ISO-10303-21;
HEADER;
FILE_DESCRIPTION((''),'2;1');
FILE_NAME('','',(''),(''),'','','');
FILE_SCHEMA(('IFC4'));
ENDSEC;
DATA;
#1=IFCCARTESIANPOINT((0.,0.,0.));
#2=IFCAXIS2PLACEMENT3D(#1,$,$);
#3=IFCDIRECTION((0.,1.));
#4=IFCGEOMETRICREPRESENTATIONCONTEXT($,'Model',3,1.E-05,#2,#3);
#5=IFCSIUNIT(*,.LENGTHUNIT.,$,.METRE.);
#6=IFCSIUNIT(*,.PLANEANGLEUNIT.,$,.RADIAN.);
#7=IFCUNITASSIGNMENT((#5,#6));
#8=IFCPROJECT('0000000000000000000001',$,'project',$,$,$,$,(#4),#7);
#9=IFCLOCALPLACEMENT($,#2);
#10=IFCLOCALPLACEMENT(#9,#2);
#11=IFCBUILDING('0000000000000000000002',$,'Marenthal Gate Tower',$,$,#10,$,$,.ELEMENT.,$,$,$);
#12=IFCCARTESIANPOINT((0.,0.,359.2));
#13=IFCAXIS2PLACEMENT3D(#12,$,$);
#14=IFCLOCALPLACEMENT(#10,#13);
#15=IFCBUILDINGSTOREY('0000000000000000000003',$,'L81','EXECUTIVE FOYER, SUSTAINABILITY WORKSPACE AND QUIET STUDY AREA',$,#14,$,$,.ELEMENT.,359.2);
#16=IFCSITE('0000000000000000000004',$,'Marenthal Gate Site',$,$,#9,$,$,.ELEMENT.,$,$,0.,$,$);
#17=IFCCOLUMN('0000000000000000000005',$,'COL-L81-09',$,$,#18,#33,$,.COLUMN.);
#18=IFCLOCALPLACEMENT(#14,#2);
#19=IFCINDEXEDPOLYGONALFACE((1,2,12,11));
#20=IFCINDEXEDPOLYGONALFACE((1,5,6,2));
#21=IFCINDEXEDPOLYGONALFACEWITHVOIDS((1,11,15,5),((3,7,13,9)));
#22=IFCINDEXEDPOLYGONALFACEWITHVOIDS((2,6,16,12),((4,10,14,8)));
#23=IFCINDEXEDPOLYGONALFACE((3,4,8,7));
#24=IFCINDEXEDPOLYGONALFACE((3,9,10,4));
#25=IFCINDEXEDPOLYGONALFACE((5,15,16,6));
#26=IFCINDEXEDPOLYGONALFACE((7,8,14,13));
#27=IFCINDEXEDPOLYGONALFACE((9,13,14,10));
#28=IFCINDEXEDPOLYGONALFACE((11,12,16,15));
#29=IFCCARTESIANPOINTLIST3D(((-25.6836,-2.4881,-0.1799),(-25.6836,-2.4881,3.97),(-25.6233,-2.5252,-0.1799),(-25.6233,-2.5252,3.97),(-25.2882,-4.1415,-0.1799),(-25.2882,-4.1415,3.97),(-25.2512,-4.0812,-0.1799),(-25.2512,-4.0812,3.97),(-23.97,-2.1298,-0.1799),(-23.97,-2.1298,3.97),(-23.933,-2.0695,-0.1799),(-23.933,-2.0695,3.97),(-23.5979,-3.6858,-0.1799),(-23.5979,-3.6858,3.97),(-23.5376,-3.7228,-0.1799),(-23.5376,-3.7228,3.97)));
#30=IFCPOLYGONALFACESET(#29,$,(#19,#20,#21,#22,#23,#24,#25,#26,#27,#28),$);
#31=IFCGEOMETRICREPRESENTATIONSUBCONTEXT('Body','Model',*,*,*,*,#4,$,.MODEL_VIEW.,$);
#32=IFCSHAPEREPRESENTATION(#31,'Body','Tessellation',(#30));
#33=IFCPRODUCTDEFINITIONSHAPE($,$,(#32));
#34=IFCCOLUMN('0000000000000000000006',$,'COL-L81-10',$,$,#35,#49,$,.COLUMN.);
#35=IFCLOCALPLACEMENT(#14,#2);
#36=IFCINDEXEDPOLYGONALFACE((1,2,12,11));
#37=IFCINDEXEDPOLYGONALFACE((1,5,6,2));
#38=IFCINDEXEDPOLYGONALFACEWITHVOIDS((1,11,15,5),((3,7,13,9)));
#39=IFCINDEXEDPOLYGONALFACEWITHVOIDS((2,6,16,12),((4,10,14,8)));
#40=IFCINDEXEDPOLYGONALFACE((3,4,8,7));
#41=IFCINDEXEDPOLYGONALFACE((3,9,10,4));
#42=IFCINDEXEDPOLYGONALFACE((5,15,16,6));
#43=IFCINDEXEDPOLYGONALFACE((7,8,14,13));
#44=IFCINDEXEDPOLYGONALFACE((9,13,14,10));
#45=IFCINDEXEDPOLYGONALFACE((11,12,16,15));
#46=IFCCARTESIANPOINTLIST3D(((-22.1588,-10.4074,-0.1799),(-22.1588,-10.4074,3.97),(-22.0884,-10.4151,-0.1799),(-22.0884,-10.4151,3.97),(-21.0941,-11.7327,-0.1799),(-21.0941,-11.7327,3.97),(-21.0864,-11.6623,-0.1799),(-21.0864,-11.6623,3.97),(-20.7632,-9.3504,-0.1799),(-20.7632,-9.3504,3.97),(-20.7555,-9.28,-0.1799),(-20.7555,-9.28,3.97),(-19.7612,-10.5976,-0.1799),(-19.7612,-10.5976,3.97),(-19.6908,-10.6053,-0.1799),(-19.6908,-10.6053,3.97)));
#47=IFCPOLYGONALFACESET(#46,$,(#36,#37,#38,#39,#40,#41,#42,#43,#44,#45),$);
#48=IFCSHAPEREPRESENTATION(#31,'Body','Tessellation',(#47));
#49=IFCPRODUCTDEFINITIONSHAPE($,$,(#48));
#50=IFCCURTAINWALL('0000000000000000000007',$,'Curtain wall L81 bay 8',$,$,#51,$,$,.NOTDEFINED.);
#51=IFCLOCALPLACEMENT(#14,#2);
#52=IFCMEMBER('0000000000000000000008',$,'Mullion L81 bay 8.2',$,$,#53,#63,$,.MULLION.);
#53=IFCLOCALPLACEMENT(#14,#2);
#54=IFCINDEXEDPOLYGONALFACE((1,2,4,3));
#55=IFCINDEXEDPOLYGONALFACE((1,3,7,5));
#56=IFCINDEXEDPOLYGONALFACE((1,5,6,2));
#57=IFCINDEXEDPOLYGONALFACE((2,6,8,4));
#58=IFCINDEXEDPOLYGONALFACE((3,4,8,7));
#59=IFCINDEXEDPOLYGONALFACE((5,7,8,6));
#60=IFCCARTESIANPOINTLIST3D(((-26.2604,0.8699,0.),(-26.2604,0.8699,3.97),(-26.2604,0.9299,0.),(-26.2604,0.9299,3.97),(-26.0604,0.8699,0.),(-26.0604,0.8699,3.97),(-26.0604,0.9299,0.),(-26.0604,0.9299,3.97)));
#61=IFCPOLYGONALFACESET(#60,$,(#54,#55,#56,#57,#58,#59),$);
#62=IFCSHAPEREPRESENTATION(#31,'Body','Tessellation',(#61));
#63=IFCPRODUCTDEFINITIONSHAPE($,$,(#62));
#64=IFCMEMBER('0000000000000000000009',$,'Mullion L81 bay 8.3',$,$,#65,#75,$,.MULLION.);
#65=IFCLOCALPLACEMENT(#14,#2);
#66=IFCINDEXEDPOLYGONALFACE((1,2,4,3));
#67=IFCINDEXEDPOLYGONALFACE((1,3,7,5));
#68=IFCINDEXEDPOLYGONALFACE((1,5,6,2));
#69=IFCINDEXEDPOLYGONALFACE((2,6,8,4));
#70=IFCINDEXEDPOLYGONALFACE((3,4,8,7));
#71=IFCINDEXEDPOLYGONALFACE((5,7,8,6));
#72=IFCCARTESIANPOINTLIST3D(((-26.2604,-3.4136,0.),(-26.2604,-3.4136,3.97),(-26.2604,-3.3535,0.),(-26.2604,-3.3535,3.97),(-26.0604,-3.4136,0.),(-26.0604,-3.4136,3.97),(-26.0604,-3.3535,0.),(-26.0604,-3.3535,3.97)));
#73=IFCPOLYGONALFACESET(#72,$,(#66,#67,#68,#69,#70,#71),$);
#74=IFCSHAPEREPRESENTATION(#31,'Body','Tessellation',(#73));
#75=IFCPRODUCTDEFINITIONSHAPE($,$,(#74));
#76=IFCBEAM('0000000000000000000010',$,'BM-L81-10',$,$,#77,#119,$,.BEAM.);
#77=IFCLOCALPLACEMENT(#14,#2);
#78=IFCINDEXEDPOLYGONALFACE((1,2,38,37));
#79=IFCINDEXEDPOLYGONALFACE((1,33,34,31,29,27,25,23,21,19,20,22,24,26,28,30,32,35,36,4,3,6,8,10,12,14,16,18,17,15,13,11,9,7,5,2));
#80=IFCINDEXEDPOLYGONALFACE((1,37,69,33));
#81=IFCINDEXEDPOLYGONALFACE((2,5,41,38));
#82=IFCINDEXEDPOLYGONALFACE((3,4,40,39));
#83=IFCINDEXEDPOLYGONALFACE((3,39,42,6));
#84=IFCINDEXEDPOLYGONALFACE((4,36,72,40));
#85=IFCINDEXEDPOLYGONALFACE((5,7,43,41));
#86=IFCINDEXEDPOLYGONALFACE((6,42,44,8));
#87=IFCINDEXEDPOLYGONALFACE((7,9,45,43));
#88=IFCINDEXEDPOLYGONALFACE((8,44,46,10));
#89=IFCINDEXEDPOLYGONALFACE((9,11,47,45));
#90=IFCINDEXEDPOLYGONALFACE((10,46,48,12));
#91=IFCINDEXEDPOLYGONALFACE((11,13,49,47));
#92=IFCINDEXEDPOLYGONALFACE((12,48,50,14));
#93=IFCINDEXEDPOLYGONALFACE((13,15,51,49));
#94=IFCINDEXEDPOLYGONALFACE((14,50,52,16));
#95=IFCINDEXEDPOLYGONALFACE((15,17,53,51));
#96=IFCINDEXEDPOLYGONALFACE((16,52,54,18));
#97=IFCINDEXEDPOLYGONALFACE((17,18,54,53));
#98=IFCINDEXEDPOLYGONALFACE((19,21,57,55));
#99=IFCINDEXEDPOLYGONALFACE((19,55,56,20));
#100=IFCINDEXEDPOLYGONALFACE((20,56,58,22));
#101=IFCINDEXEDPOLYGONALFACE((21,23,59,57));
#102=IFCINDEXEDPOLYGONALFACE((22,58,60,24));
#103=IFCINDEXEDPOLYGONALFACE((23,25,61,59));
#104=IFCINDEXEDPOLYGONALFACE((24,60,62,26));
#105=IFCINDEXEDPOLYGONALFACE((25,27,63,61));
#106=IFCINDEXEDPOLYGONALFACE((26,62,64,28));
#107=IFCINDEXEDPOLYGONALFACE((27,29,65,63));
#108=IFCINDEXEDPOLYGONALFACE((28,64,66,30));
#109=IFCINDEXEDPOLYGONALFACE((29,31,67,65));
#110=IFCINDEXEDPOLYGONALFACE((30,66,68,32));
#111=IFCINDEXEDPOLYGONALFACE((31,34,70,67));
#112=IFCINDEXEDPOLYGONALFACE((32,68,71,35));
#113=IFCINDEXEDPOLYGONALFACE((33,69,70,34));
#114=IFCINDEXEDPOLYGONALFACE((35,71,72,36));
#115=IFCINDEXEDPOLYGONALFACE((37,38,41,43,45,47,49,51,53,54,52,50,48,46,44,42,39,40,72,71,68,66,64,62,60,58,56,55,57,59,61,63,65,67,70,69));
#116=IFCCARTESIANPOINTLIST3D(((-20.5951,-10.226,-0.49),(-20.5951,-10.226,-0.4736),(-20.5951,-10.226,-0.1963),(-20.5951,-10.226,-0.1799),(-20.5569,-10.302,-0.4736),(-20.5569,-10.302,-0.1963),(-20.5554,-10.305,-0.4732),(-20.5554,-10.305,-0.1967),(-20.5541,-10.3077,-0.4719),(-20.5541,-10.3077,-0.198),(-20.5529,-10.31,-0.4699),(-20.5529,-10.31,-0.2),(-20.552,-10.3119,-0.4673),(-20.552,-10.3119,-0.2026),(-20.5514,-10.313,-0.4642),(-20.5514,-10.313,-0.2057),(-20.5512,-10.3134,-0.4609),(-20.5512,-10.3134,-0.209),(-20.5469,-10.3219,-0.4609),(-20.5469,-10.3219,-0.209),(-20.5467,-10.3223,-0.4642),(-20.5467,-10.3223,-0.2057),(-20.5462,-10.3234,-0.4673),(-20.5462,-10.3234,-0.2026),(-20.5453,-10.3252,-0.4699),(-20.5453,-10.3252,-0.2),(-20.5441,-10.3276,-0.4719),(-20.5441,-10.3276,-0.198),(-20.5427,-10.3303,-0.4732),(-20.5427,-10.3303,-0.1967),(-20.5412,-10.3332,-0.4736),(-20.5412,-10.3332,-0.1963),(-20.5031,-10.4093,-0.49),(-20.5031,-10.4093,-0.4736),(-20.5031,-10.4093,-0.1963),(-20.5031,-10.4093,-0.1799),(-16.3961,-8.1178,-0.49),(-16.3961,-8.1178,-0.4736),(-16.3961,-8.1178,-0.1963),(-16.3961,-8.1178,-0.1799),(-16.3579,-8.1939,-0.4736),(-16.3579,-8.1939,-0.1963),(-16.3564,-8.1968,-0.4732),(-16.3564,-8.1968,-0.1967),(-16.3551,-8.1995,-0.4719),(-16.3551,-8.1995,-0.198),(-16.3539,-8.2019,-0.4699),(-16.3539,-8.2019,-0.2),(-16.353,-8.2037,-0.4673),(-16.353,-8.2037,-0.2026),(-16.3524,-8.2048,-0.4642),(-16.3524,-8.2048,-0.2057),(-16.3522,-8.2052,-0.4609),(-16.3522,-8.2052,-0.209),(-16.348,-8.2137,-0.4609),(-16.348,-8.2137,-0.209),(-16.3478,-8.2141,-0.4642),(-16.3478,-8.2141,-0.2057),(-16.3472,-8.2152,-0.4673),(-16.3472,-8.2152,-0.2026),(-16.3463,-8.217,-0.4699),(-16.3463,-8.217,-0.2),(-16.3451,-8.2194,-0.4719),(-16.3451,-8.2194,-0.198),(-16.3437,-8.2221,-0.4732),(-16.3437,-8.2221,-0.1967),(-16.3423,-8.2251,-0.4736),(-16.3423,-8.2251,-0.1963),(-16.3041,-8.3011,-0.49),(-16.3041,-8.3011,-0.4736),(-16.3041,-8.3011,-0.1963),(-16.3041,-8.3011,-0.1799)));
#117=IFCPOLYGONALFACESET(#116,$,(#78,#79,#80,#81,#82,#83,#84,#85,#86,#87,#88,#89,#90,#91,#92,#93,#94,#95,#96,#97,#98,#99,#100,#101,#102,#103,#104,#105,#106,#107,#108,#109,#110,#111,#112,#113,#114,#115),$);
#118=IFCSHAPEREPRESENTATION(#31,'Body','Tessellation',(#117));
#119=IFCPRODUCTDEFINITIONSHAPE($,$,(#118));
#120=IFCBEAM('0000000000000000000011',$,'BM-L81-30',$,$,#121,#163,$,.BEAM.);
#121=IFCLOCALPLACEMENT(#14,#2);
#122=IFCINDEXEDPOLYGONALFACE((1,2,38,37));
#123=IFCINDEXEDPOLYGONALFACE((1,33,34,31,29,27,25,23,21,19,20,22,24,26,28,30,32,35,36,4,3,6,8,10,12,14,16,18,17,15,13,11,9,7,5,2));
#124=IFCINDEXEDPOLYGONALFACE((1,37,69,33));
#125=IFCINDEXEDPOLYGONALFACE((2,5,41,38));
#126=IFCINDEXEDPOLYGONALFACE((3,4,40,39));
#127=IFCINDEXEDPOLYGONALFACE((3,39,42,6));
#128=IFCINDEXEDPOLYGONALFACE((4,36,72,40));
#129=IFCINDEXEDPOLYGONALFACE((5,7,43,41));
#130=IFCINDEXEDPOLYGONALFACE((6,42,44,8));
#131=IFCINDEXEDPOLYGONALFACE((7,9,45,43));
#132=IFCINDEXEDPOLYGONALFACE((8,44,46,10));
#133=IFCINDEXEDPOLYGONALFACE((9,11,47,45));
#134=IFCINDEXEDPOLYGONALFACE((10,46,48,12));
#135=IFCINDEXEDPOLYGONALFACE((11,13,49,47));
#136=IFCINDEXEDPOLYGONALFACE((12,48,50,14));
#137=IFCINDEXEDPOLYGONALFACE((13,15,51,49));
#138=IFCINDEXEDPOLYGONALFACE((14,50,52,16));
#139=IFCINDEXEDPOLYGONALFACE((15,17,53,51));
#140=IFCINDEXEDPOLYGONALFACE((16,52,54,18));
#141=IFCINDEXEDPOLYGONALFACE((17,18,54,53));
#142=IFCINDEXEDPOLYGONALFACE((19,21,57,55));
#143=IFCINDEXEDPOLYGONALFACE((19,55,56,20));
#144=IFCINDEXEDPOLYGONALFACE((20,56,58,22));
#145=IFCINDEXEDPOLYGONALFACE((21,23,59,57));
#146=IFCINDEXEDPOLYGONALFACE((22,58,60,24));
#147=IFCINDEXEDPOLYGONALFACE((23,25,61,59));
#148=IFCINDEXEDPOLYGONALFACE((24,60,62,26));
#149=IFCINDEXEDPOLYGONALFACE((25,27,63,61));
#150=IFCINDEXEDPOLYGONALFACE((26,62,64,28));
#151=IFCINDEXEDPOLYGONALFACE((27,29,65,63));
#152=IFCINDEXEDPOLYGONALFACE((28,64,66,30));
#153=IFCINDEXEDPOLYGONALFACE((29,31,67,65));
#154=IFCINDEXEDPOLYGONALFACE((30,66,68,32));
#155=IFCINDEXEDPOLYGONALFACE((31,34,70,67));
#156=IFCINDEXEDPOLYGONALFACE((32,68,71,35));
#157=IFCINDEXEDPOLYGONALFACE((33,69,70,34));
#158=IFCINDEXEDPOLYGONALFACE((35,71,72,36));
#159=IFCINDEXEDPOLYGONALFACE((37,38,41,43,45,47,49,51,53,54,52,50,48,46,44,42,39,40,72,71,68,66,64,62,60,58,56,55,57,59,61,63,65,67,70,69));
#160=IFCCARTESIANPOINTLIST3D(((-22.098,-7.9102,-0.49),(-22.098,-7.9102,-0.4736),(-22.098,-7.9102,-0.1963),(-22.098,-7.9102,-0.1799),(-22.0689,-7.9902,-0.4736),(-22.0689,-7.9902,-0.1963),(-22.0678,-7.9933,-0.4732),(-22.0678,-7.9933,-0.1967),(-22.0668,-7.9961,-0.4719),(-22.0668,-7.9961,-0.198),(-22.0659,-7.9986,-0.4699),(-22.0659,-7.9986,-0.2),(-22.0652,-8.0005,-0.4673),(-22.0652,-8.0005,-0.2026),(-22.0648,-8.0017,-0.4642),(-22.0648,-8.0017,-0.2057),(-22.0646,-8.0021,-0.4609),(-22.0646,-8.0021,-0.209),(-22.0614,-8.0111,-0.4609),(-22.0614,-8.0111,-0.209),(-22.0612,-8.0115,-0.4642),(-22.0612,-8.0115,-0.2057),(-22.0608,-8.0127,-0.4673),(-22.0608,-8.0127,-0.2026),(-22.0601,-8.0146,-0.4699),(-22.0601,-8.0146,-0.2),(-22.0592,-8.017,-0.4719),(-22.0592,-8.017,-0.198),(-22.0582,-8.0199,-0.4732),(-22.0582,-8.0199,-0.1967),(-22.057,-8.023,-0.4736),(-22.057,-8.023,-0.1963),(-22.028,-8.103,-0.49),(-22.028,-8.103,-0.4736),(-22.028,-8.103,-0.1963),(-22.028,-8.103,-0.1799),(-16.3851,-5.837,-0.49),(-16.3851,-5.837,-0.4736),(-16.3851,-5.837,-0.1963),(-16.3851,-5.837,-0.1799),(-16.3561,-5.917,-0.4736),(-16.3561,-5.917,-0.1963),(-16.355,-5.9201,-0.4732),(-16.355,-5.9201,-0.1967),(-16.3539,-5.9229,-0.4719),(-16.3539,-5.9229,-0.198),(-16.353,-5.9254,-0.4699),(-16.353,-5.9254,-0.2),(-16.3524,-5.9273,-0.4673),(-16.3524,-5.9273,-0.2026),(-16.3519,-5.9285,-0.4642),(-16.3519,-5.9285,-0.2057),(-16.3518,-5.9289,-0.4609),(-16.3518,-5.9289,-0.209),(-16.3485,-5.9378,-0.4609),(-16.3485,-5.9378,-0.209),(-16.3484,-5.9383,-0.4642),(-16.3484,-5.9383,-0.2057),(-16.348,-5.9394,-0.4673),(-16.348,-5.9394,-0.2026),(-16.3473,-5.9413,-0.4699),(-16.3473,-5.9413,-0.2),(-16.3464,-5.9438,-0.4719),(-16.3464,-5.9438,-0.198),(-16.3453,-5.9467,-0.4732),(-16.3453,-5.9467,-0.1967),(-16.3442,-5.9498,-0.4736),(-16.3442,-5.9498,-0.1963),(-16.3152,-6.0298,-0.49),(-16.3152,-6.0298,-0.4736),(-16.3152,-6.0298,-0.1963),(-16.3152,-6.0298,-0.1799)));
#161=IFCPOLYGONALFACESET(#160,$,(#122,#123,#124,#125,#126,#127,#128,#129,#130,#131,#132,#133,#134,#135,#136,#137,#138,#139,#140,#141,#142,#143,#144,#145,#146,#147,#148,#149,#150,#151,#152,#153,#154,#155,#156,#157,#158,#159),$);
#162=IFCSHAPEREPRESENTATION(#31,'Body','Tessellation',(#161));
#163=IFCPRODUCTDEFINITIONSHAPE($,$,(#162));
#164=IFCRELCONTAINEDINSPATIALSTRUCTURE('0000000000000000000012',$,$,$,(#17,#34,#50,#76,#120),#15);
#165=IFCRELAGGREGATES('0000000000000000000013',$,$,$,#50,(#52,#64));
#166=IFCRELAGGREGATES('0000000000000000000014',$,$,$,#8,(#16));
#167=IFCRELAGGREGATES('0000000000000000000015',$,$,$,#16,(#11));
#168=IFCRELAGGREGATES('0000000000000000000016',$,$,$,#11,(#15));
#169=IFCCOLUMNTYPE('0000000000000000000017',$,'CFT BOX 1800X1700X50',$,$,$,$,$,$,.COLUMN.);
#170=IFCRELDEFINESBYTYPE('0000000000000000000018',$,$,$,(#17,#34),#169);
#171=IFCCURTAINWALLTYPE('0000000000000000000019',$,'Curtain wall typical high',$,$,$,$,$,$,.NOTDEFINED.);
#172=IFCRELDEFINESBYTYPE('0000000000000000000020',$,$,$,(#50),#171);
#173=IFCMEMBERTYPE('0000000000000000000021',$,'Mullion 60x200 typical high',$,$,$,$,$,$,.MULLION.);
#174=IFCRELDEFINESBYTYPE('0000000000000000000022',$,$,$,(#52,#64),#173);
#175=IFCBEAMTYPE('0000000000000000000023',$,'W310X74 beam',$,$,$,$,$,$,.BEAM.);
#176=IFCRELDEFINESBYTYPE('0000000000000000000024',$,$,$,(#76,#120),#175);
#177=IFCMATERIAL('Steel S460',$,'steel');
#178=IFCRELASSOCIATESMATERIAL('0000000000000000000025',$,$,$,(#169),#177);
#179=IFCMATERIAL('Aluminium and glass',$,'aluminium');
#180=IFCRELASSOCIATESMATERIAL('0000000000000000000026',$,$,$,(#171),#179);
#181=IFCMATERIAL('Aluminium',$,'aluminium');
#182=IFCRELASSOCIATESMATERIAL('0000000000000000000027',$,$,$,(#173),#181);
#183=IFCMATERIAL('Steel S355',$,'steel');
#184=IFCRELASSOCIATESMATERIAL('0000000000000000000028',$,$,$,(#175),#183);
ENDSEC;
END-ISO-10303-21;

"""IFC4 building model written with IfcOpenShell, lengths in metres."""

from ifc_helpers import new_model, si_unit, direction, frame, origin, origin_2d, place, context, subcontext, project, spatial, rectangle, hollow_rectangle, i_section, extrude, material, material_profile, profile_set, type_object, element, aggregate, save


model = new_model("IFC4")

# Units and contexts
model_context = context("Model", 3, precision=1e-05, world=origin(), true_north=direction((0.0, 1.0)))
body_context = subcontext(model_context, "Body", "Model", "MODEL_VIEW")
ifc_project = project(units=[si_unit("LENGTHUNIT", "METRE"), si_unit("PLANEANGLEUNIT", "RADIAN")], contexts=[model_context])

# Site, building, storey
site_placement = place(None, origin())
site = spatial("IfcSite", under=ifc_project, at=site_placement, Name="Marenthal Gate Site", CompositionType="ELEMENT", RefElevation=0.0)
building_placement = place(site_placement, origin())
building = spatial("IfcBuilding", under=site, at=building_placement, Name="Marenthal Gate Tower", CompositionType="ELEMENT")
storey_placement = place(building_placement, frame((0.0, 0.0, 359.2)))
storey = spatial("IfcBuildingStorey", under=building, at=storey_placement, Name="L81", Description="EXECUTIVE FOYER, SUSTAINABILITY WORKSPACE AND QUIET STUDY AREA", CompositionType="ELEMENT", Elevation=359.2)

# Columns
ifc_material_1 = material(Name="Steel S460", Category="steel")
ifc_material_profile_1 = material_profile(ifc_material_1, hollow_rectangle(XDim=1.7, YDim=1.8, WallThickness=0.05, at=origin_2d()), Name="CFT BOX 1800X1700X50")
ifc_material_2 = material(Name="Concrete 70 MPa", Category="concrete")
ifc_material_profile_2 = material_profile(ifc_material_2, rectangle(XDim=1.6001, YDim=1.7, at=origin_2d()), Name="CFT BOX 1800X1700X50 INFILL")
ifc_profile_set_1 = profile_set([ifc_material_profile_1, ifc_material_profile_2], Name="Steel S460 shell, Concrete 70 MPa infill")
column_type = type_object("IfcColumnType", Name="CFT BOX 1800X1700X50", PredefinedType="COLUMN", material=ifc_profile_set_1)
for number, where, z_axis, x_axis, name in (
    (1, (-24.6106, -3.1055, -0.1799), (0.0, 0.0, 1.0), (-0.232598, 0.972573, 0.0), "COL-L81-09"),
    (2, (-20.9248, -10.5063, -0.1799), (0.0, 0.0, 1.0), (-0.626296, 0.779585, 0.0), "COL-L81-10"),
):
    element("IfcColumn", number, at=place(storey_placement, frame(where, z_axis=z_axis, x_axis=x_axis)), inside=storey, type_object=column_type, Name=name, PredefinedType="COLUMN", context=body_context, shape_type="SweptSolid", body=[
        extrude(hollow_rectangle(XDim=1.7, YDim=1.8, WallThickness=0.05, at=origin_2d()), origin(), (0.0, 0.0, 1.0), 4.1499),
    ])

# Curtain wall, members
ifc_material_3 = material(Name="Aluminium and glass", Category="aluminium")
curtain_wall_type = type_object("IfcCurtainWallType", Name="Curtain wall typical high", PredefinedType="NOTDEFINED", material=ifc_material_3)
curtain_wall_placement = place(storey_placement, origin())
curtain_wall = element("IfcCurtainWall", 3, at=curtain_wall_placement, inside=storey, type_object=curtain_wall_type, Name="Curtain wall L81 bay 8", PredefinedType="NOTDEFINED")
ifc_material_4 = material(Name="Aluminium", Category="aluminium")
ifc_material_profile_3 = material_profile(ifc_material_4, rectangle(XDim=0.2, YDim=0.0601, at=origin_2d()), Name="60x200 aluminium mullion")
ifc_profile_set_2 = profile_set([ifc_material_profile_3], Name="Aluminium")
member_type = type_object("IfcMemberType", Name="Mullion 60x200 typical high", PredefinedType="MULLION", material=ifc_profile_set_2)
member_1_placement = place(storey_placement, frame((-26.1604, 0.8999, 0.0), z_axis=(0.0, 0.0, 1.0), x_axis=(1.0, 0.0, 0.0)))
member_1 = element("IfcMember", 4, at=member_1_placement, type_object=member_type, Name="Mullion L81 bay 8.2", PredefinedType="MULLION", context=body_context, shape_type="SweptSolid", body=[
    extrude(rectangle(XDim=0.2, YDim=0.0601, at=origin_2d()), origin(), (0.0, 0.0, 1.0), 3.97),
])
member_2_placement = place(storey_placement, frame((-26.1604, -3.3835, 0.0), z_axis=(0.0, 0.0, 1.0), x_axis=(1.0, 0.0, 0.0)))
member_2 = element("IfcMember", 5, at=member_2_placement, type_object=member_type, Name="Mullion L81 bay 8.3", PredefinedType="MULLION", context=body_context, shape_type="SweptSolid", body=[
    extrude(rectangle(XDim=0.2, YDim=0.0601, at=origin_2d()), origin(), (0.0, 0.0, 1.0), 3.97),
])

# Beams
ifc_material_5 = material(Name="Steel S355", Category="steel")
ifc_material_profile_4 = material_profile(ifc_material_5, i_section(OverallWidth=0.2051, OverallDepth=0.3101, WebThickness=0.0095, FlangeThickness=0.0164, FilletRadius=0.0127, at=origin_2d()), Name="W310X74")
ifc_profile_set_3 = profile_set([ifc_material_profile_4], Name="Steel S355")
beam_type_1 = type_object("IfcBeamType", Name="W310X74 beam", PredefinedType="BEAM", material=ifc_profile_set_3)
beam_1_placement = place(storey_placement, frame((-20.5491, -10.3176, -0.335), z_axis=(0.893688, 0.448689, 0.0), x_axis=(-0.448689, 0.893688, 0.0)))
element("IfcBeam", 6, at=beam_1_placement, inside=storey, type_object=beam_type_1, Name="BM-L81-10", PredefinedType="BEAM", context=body_context, shape_type="SweptSolid", body=[
    extrude(i_section(OverallWidth=0.2051, OverallDepth=0.3101, WebThickness=0.0095, FlangeThickness=0.0164, FilletRadius=0.0127, at=origin_2d()), origin(), (0.0, 0.0, 1.0), 4.6985),
])
beam_2_placement = place(storey_placement, frame((-22.063, -8.0066, -0.335), z_axis=(0.940014, 0.341137, 0.0), x_axis=(-0.341137, 0.940014, 0.0)))
element("IfcBeam", 7, at=beam_2_placement, inside=storey, type_object=beam_type_1, Name="BM-L81-30", PredefinedType="BEAM", context=body_context, shape_type="SweptSolid", body=[
    extrude(i_section(OverallWidth=0.2051, OverallDepth=0.3101, WebThickness=0.0095, FlangeThickness=0.0164, FilletRadius=0.0127, at=origin_2d()), origin(), (0.0, 0.0, 1.0), 6.0774),
])

aggregate(curtain_wall, [member_1, member_2])

save(model, "model.ifc")
